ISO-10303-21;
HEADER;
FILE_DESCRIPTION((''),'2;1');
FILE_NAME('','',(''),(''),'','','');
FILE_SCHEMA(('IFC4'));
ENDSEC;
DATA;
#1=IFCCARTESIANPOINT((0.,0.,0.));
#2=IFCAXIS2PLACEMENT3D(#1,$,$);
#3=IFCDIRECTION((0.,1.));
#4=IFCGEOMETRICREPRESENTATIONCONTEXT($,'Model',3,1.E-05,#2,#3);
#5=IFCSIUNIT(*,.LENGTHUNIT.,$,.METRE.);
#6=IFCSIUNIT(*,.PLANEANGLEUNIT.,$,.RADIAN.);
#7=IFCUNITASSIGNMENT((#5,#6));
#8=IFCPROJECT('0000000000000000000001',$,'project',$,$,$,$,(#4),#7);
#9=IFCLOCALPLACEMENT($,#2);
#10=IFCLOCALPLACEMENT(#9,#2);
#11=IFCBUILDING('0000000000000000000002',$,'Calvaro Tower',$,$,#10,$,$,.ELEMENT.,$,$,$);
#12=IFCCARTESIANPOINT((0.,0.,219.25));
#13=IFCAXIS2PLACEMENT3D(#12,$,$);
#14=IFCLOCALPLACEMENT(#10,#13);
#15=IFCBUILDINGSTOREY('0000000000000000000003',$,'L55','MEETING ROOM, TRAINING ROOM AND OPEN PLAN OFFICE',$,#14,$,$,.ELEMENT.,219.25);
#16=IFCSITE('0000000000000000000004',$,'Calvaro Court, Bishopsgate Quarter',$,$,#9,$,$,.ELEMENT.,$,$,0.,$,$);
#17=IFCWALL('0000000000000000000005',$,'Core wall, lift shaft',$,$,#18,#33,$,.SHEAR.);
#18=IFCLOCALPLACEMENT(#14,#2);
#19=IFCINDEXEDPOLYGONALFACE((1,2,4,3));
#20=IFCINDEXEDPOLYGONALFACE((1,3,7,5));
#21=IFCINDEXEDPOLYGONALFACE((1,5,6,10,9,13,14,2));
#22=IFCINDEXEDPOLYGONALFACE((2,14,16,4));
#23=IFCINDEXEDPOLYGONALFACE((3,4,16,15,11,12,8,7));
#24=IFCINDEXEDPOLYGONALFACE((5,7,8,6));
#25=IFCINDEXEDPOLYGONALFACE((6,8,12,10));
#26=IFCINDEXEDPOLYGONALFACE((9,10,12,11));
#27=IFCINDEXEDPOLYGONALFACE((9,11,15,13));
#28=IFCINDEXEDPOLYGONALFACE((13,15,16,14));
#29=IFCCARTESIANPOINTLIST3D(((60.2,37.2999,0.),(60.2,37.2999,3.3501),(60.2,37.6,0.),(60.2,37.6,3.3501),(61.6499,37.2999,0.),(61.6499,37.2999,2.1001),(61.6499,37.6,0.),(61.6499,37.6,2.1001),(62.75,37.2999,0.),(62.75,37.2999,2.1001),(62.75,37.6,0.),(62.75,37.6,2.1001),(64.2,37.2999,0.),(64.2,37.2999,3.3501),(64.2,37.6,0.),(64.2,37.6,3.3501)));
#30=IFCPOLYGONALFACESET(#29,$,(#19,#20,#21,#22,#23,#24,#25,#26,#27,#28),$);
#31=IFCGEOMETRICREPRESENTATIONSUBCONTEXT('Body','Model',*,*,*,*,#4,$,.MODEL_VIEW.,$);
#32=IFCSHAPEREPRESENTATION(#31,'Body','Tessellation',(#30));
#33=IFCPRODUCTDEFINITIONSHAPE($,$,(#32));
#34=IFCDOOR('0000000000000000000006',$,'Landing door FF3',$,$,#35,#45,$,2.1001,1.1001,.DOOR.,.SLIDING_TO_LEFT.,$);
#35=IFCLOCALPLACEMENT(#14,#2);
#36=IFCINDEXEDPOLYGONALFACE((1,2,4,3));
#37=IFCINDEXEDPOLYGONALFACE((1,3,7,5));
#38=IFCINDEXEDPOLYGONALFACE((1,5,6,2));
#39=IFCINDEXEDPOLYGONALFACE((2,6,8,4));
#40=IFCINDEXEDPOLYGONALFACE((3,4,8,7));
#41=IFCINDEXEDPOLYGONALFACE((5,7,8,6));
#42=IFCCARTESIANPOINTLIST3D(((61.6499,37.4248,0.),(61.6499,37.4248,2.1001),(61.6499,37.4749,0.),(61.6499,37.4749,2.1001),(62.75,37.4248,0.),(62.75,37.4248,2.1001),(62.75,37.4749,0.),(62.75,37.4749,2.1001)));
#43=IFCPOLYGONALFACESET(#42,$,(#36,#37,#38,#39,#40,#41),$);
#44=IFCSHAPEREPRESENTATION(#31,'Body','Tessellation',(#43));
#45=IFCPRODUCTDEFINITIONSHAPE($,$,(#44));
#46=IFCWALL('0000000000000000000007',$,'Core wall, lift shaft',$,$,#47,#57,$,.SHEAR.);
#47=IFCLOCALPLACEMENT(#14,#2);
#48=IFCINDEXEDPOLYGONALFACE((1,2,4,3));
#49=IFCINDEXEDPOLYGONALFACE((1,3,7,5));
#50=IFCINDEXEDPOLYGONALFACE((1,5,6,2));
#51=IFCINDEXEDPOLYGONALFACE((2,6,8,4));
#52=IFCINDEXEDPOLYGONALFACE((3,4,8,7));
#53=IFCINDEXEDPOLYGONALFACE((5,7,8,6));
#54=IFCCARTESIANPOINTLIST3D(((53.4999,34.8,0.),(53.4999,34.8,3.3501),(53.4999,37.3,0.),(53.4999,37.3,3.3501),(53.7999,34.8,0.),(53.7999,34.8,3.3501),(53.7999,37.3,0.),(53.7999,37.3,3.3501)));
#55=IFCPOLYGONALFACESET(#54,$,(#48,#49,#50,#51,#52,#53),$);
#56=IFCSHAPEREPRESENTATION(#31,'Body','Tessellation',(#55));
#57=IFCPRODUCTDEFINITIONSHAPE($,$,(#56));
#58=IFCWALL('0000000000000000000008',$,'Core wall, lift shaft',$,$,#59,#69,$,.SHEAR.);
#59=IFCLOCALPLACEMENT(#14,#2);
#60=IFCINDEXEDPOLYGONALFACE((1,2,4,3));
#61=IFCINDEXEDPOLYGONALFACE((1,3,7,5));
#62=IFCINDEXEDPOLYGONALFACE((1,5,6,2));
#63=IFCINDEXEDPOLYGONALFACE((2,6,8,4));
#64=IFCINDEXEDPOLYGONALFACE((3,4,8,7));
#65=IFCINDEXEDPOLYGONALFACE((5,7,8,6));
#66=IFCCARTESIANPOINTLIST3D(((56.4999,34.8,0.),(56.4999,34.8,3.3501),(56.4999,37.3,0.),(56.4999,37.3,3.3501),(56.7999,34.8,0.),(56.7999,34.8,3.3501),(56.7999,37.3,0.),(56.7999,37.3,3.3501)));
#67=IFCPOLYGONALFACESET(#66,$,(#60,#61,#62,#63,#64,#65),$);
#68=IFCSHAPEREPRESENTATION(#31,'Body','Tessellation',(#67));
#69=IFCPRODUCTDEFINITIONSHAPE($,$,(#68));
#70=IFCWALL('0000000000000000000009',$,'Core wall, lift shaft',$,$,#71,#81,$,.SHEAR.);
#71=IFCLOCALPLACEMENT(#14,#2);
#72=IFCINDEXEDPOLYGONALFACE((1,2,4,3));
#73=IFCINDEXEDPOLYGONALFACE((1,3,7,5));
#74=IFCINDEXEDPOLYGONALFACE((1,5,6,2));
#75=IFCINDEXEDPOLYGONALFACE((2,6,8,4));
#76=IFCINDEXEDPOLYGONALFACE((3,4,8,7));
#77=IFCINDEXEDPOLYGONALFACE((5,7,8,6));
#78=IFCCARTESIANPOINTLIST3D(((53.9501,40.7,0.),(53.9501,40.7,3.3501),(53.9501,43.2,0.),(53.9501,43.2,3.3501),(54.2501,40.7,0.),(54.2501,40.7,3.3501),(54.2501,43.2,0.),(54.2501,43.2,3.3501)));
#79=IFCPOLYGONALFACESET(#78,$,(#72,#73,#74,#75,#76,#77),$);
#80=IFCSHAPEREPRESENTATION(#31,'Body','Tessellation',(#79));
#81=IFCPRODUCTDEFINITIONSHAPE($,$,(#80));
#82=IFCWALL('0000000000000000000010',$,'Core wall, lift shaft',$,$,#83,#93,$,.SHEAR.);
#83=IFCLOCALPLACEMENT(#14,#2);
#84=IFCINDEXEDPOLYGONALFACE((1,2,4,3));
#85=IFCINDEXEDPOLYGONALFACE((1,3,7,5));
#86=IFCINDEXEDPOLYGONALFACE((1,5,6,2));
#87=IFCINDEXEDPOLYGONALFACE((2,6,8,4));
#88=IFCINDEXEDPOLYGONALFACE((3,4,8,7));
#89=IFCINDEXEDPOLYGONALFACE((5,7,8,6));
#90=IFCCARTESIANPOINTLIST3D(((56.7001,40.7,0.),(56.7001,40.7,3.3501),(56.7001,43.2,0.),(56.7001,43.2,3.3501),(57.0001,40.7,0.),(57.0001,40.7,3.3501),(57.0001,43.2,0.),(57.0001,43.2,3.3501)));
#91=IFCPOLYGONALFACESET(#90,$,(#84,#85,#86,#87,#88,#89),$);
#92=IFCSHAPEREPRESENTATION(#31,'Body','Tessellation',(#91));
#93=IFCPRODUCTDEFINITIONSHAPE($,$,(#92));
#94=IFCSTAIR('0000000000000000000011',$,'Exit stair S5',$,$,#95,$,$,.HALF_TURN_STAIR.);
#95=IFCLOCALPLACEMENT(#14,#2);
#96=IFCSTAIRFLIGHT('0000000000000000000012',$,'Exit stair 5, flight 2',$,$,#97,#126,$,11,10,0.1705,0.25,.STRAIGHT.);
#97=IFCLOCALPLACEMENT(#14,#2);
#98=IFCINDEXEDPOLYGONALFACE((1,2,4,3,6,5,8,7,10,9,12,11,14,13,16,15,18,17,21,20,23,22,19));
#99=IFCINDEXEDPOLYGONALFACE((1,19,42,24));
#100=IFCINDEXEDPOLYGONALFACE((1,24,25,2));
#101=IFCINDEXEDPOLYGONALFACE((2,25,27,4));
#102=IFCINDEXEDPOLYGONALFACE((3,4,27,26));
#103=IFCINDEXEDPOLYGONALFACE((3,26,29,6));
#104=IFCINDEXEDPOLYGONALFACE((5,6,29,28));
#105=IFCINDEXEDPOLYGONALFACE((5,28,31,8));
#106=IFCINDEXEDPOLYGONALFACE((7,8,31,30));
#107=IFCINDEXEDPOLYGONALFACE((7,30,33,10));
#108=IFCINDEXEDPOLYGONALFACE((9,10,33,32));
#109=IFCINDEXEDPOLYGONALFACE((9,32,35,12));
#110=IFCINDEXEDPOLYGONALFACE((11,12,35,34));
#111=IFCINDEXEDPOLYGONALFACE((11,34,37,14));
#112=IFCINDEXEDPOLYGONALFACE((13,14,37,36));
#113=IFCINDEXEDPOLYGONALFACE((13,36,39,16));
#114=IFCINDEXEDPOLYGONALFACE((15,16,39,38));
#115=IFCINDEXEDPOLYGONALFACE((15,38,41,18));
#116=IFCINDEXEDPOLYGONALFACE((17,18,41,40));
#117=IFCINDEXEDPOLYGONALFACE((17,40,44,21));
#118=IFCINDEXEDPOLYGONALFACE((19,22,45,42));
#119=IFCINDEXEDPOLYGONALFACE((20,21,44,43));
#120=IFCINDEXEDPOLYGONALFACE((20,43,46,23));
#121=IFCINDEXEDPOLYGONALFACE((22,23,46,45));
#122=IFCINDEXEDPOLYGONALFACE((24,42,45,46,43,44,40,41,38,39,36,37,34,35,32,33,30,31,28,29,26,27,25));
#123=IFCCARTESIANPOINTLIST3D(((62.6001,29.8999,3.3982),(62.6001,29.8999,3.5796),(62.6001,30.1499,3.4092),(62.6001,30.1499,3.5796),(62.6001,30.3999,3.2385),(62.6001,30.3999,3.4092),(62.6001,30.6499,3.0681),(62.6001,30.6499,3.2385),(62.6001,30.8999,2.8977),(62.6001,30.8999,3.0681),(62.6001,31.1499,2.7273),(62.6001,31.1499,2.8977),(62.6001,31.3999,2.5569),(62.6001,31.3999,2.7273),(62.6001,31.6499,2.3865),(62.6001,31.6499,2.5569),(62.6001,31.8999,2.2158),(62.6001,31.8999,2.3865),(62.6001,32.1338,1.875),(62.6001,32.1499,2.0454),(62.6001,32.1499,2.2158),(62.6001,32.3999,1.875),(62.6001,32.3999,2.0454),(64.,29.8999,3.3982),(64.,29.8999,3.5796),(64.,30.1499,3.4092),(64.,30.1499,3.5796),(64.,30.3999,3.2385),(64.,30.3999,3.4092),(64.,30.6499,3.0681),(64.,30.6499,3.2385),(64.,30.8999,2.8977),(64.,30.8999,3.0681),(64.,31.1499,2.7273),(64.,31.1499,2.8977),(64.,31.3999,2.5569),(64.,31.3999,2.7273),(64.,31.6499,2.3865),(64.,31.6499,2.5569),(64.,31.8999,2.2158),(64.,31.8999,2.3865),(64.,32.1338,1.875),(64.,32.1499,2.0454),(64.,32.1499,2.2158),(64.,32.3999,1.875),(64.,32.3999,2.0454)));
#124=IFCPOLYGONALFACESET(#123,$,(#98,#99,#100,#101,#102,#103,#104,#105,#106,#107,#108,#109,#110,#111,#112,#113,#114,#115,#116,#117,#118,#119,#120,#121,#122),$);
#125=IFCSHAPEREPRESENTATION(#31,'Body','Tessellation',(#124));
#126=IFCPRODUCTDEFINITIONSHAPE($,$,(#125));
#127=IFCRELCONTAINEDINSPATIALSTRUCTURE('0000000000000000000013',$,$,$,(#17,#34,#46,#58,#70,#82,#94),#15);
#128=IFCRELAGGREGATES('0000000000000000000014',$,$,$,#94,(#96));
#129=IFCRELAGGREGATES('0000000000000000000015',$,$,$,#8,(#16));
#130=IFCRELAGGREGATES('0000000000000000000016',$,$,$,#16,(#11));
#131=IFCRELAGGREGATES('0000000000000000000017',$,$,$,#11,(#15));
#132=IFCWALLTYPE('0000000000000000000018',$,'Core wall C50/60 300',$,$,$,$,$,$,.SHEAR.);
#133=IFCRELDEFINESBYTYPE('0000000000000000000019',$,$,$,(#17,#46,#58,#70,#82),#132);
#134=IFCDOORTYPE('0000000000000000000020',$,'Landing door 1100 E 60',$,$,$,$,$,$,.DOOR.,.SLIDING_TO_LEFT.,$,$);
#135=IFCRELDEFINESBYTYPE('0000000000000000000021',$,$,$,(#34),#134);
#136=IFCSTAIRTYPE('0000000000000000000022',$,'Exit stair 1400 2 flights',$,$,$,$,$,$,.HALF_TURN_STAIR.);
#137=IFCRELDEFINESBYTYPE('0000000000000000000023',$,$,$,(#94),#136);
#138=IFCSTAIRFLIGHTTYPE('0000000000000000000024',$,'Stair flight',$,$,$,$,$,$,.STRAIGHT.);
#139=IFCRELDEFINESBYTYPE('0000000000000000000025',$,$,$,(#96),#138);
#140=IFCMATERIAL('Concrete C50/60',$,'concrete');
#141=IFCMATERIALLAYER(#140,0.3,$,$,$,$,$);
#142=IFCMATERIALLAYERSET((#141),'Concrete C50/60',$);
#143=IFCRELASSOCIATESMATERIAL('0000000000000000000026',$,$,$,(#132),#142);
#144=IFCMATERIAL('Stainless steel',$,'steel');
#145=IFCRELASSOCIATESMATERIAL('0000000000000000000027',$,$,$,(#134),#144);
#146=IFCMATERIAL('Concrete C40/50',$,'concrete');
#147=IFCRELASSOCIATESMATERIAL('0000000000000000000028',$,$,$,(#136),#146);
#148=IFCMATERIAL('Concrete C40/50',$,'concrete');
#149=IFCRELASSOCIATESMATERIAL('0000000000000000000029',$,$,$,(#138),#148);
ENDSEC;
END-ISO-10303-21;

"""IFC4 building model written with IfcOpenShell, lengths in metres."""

from ifc_helpers import new_model, si_unit, direction, frame, frame_2d, origin, place, context, subcontext, project, spatial, polyline, rectangle, outline, extrude, material, layer, layer_set, type_object, element, fill, aggregate, save


model = new_model("IFC4")

# Units and contexts
model_context = context("Model", 3, precision=1e-05, world=origin(), true_north=direction((0.0, 1.0)))
body_context = subcontext(model_context, "Body", "Model", "MODEL_VIEW")
ifc_project = project(units=[si_unit("LENGTHUNIT", "METRE"), si_unit("PLANEANGLEUNIT", "RADIAN")], contexts=[model_context])

# Site, building, storey
site_placement = place(None, origin())
site = spatial("IfcSite", under=ifc_project, at=site_placement, Name="Calvaro Court, Bishopsgate Quarter", CompositionType="ELEMENT", RefElevation=0.0)
building_placement = place(site_placement, origin())
building = spatial("IfcBuilding", under=site, at=building_placement, Name="Calvaro Tower", CompositionType="ELEMENT")
storey_placement = place(building_placement, frame((0.0, 0.0, 219.25)))
storey = spatial("IfcBuildingStorey", under=building, at=storey_placement, Name="L55", Description="MEETING ROOM, TRAINING ROOM AND OPEN PLAN OFFICE", CompositionType="ELEMENT", Elevation=219.25)

# Shared definitions
ifc_material_1 = material(Name="Concrete C50/60", Category="concrete")
ifc_layer_1 = layer(ifc_material_1, 0.3)
ifc_layer_set_1 = layer_set([ifc_layer_1], Name="Concrete C50/60")
wall_type_1 = type_object("IfcWallType", Name="Core wall C50/60 300", PredefinedType="SHEAR", material=ifc_layer_set_1)

# Wall, opening, door
wall_1_placement = place(storey_placement, frame((60.2, 37.45, 0.0), z_axis=(0.0, 0.0, 1.0), x_axis=(1.0, 0.0, 0.0)))
wall_1 = element("IfcWall", 1, at=wall_1_placement, inside=storey, type_object=wall_type_1, Name="Core wall, lift shaft", PredefinedType="SHEAR", context=body_context, shape_type="SweptSolid", body=[
    extrude(rectangle(XDim=4.0, YDim=0.3, at=frame_2d((2.0, 0.0))), origin(), (0.0, 0.0, 1.0), 3.3501),
])
opening_1_placement = place(wall_1_placement, frame((1.45, 0.0, 0.0)))
opening_1 = element("IfcOpeningElement", 2, at=opening_1_placement, cuts=wall_1, PredefinedType="OPENING", context=body_context, shape_type="SweptSolid", body=[
    extrude(rectangle(XDim=1.1001, YDim=2.1001, at=frame_2d((0.55, 1.05))), frame((0.0, 0.1599, 0.0), z_axis=(0.0, -1.0, 0.0), x_axis=(1.0, 0.0, 0.0)), (0.0, 0.0, 1.0), 0.3201),
])
ifc_material_2 = material(Name="Stainless steel", Category="steel")
door_type_1 = type_object("IfcDoorType", Name="Landing door 1100 E 60", OperationType="SLIDING_TO_LEFT", PredefinedType="DOOR", material=ifc_material_2)
door_1_placement = place(opening_1_placement, origin())
door_1 = element("IfcDoor", 3, at=door_1_placement, inside=storey, type_object=door_type_1, Name="Landing door FF3", OperationType="SLIDING_TO_LEFT", OverallHeight=2.1001, OverallWidth=1.1001, PredefinedType="DOOR", context=body_context, shape_type="SweptSolid", body=[
    extrude(rectangle(XDim=1.1001, YDim=2.1001, at=frame_2d((0.55, 1.05))), frame((0.0, 0.0249, 0.0), z_axis=(0.0, -1.0, 0.0), x_axis=(1.0, 0.0, 0.0)), (0.0, 0.0, 1.0), 0.05),
])
fill(opening_1, door_1)

# Walls
for number, where, z_axis, x_axis, name in (
    (4, (53.6499, 34.8, 0.0), (0.0, 0.0, 1.0), (0.0, 1.0, 0.0), "Core wall, lift shaft"),
    (5, (56.6499, 34.8, 0.0), (0.0, 0.0, 1.0), (0.0, 1.0, 0.0), "Core wall, lift shaft"),
    (6, (54.1001, 40.7, 0.0), (0.0, 0.0, 1.0), (0.0, 1.0, 0.0), "Core wall, lift shaft"),
    (7, (56.8501, 40.7, 0.0), (0.0, 0.0, 1.0), (0.0, 1.0, 0.0), "Core wall, lift shaft"),
):
    element("IfcWall", number, at=place(storey_placement, frame(where, z_axis=z_axis, x_axis=x_axis)), inside=storey, type_object=wall_type_1, Name=name, PredefinedType="SHEAR", context=body_context, shape_type="SweptSolid", body=[
        extrude(rectangle(XDim=2.5, YDim=0.3, at=frame_2d((1.25, 0.0))), origin(), (0.0, 0.0, 1.0), 3.3501),
    ])

# Stair, stair flight
ifc_material_3 = material(Name="Concrete C40/50", Category="concrete")
stair_type = type_object("IfcStairType", Name="Exit stair 1400 2 flights", PredefinedType="HALF_TURN_STAIR", material=ifc_material_3)
stair_placement = place(storey_placement, origin())
stair = element("IfcStair", 8, at=stair_placement, inside=storey, type_object=stair_type, Name="Exit stair S5", PredefinedType="HALF_TURN_STAIR")
ifc_material_4 = material(Name="Concrete C40/50", Category="concrete")
stair_flight_type = type_object("IfcStairFlightType", Name="Stair flight", PredefinedType="STRAIGHT", material=ifc_material_4)
stair_flight_placement = place(storey_placement, frame((63.3, 32.3999, 1.875), z_axis=(0.0, 0.0, 1.0), x_axis=(0.0, -1.0, 0.0)))
stair_flight = element("IfcStairFlight", 9, at=stair_flight_placement, type_object=stair_flight_type, Name="Exit stair 5, flight 2", NumberOfRisers=11, NumberOfTreads=10, PredefinedType="STRAIGHT", RiserHeight=0.1705, TreadLength=0.25, context=body_context, shape_type="SweptSolid", body=[
    extrude(outline(polyline([(0.0, 0.0), (0.0, 0.1704), (0.25, 0.1704), (0.25, 0.3408), (0.5, 0.3408), (0.5, 0.5115), (0.75, 0.5115), (0.75, 0.6819), (1.0, 0.6819), (1.0, 0.8523), (1.25, 0.8523), (1.25, 1.0227), (1.5, 1.0227), (1.5, 1.1931), (1.75, 1.1931), (1.75, 1.3635), (2.0, 1.3635), (2.0, 1.5342), (2.25, 1.5342), (2.25, 1.7046), (2.5, 1.7046), (2.5, 1.875), (2.5, 1.5232), (0.2661, 0.0), (0.0, 0.0)])), frame((0.0, 0.7, 0.0), z_axis=(0.0, -1.0, 0.0), x_axis=(1.0, 0.0, 0.0)), (0.0, 0.0, 1.0), 1.3999),
])
aggregate(stair, [stair_flight])

save(model, "model.ifc")
